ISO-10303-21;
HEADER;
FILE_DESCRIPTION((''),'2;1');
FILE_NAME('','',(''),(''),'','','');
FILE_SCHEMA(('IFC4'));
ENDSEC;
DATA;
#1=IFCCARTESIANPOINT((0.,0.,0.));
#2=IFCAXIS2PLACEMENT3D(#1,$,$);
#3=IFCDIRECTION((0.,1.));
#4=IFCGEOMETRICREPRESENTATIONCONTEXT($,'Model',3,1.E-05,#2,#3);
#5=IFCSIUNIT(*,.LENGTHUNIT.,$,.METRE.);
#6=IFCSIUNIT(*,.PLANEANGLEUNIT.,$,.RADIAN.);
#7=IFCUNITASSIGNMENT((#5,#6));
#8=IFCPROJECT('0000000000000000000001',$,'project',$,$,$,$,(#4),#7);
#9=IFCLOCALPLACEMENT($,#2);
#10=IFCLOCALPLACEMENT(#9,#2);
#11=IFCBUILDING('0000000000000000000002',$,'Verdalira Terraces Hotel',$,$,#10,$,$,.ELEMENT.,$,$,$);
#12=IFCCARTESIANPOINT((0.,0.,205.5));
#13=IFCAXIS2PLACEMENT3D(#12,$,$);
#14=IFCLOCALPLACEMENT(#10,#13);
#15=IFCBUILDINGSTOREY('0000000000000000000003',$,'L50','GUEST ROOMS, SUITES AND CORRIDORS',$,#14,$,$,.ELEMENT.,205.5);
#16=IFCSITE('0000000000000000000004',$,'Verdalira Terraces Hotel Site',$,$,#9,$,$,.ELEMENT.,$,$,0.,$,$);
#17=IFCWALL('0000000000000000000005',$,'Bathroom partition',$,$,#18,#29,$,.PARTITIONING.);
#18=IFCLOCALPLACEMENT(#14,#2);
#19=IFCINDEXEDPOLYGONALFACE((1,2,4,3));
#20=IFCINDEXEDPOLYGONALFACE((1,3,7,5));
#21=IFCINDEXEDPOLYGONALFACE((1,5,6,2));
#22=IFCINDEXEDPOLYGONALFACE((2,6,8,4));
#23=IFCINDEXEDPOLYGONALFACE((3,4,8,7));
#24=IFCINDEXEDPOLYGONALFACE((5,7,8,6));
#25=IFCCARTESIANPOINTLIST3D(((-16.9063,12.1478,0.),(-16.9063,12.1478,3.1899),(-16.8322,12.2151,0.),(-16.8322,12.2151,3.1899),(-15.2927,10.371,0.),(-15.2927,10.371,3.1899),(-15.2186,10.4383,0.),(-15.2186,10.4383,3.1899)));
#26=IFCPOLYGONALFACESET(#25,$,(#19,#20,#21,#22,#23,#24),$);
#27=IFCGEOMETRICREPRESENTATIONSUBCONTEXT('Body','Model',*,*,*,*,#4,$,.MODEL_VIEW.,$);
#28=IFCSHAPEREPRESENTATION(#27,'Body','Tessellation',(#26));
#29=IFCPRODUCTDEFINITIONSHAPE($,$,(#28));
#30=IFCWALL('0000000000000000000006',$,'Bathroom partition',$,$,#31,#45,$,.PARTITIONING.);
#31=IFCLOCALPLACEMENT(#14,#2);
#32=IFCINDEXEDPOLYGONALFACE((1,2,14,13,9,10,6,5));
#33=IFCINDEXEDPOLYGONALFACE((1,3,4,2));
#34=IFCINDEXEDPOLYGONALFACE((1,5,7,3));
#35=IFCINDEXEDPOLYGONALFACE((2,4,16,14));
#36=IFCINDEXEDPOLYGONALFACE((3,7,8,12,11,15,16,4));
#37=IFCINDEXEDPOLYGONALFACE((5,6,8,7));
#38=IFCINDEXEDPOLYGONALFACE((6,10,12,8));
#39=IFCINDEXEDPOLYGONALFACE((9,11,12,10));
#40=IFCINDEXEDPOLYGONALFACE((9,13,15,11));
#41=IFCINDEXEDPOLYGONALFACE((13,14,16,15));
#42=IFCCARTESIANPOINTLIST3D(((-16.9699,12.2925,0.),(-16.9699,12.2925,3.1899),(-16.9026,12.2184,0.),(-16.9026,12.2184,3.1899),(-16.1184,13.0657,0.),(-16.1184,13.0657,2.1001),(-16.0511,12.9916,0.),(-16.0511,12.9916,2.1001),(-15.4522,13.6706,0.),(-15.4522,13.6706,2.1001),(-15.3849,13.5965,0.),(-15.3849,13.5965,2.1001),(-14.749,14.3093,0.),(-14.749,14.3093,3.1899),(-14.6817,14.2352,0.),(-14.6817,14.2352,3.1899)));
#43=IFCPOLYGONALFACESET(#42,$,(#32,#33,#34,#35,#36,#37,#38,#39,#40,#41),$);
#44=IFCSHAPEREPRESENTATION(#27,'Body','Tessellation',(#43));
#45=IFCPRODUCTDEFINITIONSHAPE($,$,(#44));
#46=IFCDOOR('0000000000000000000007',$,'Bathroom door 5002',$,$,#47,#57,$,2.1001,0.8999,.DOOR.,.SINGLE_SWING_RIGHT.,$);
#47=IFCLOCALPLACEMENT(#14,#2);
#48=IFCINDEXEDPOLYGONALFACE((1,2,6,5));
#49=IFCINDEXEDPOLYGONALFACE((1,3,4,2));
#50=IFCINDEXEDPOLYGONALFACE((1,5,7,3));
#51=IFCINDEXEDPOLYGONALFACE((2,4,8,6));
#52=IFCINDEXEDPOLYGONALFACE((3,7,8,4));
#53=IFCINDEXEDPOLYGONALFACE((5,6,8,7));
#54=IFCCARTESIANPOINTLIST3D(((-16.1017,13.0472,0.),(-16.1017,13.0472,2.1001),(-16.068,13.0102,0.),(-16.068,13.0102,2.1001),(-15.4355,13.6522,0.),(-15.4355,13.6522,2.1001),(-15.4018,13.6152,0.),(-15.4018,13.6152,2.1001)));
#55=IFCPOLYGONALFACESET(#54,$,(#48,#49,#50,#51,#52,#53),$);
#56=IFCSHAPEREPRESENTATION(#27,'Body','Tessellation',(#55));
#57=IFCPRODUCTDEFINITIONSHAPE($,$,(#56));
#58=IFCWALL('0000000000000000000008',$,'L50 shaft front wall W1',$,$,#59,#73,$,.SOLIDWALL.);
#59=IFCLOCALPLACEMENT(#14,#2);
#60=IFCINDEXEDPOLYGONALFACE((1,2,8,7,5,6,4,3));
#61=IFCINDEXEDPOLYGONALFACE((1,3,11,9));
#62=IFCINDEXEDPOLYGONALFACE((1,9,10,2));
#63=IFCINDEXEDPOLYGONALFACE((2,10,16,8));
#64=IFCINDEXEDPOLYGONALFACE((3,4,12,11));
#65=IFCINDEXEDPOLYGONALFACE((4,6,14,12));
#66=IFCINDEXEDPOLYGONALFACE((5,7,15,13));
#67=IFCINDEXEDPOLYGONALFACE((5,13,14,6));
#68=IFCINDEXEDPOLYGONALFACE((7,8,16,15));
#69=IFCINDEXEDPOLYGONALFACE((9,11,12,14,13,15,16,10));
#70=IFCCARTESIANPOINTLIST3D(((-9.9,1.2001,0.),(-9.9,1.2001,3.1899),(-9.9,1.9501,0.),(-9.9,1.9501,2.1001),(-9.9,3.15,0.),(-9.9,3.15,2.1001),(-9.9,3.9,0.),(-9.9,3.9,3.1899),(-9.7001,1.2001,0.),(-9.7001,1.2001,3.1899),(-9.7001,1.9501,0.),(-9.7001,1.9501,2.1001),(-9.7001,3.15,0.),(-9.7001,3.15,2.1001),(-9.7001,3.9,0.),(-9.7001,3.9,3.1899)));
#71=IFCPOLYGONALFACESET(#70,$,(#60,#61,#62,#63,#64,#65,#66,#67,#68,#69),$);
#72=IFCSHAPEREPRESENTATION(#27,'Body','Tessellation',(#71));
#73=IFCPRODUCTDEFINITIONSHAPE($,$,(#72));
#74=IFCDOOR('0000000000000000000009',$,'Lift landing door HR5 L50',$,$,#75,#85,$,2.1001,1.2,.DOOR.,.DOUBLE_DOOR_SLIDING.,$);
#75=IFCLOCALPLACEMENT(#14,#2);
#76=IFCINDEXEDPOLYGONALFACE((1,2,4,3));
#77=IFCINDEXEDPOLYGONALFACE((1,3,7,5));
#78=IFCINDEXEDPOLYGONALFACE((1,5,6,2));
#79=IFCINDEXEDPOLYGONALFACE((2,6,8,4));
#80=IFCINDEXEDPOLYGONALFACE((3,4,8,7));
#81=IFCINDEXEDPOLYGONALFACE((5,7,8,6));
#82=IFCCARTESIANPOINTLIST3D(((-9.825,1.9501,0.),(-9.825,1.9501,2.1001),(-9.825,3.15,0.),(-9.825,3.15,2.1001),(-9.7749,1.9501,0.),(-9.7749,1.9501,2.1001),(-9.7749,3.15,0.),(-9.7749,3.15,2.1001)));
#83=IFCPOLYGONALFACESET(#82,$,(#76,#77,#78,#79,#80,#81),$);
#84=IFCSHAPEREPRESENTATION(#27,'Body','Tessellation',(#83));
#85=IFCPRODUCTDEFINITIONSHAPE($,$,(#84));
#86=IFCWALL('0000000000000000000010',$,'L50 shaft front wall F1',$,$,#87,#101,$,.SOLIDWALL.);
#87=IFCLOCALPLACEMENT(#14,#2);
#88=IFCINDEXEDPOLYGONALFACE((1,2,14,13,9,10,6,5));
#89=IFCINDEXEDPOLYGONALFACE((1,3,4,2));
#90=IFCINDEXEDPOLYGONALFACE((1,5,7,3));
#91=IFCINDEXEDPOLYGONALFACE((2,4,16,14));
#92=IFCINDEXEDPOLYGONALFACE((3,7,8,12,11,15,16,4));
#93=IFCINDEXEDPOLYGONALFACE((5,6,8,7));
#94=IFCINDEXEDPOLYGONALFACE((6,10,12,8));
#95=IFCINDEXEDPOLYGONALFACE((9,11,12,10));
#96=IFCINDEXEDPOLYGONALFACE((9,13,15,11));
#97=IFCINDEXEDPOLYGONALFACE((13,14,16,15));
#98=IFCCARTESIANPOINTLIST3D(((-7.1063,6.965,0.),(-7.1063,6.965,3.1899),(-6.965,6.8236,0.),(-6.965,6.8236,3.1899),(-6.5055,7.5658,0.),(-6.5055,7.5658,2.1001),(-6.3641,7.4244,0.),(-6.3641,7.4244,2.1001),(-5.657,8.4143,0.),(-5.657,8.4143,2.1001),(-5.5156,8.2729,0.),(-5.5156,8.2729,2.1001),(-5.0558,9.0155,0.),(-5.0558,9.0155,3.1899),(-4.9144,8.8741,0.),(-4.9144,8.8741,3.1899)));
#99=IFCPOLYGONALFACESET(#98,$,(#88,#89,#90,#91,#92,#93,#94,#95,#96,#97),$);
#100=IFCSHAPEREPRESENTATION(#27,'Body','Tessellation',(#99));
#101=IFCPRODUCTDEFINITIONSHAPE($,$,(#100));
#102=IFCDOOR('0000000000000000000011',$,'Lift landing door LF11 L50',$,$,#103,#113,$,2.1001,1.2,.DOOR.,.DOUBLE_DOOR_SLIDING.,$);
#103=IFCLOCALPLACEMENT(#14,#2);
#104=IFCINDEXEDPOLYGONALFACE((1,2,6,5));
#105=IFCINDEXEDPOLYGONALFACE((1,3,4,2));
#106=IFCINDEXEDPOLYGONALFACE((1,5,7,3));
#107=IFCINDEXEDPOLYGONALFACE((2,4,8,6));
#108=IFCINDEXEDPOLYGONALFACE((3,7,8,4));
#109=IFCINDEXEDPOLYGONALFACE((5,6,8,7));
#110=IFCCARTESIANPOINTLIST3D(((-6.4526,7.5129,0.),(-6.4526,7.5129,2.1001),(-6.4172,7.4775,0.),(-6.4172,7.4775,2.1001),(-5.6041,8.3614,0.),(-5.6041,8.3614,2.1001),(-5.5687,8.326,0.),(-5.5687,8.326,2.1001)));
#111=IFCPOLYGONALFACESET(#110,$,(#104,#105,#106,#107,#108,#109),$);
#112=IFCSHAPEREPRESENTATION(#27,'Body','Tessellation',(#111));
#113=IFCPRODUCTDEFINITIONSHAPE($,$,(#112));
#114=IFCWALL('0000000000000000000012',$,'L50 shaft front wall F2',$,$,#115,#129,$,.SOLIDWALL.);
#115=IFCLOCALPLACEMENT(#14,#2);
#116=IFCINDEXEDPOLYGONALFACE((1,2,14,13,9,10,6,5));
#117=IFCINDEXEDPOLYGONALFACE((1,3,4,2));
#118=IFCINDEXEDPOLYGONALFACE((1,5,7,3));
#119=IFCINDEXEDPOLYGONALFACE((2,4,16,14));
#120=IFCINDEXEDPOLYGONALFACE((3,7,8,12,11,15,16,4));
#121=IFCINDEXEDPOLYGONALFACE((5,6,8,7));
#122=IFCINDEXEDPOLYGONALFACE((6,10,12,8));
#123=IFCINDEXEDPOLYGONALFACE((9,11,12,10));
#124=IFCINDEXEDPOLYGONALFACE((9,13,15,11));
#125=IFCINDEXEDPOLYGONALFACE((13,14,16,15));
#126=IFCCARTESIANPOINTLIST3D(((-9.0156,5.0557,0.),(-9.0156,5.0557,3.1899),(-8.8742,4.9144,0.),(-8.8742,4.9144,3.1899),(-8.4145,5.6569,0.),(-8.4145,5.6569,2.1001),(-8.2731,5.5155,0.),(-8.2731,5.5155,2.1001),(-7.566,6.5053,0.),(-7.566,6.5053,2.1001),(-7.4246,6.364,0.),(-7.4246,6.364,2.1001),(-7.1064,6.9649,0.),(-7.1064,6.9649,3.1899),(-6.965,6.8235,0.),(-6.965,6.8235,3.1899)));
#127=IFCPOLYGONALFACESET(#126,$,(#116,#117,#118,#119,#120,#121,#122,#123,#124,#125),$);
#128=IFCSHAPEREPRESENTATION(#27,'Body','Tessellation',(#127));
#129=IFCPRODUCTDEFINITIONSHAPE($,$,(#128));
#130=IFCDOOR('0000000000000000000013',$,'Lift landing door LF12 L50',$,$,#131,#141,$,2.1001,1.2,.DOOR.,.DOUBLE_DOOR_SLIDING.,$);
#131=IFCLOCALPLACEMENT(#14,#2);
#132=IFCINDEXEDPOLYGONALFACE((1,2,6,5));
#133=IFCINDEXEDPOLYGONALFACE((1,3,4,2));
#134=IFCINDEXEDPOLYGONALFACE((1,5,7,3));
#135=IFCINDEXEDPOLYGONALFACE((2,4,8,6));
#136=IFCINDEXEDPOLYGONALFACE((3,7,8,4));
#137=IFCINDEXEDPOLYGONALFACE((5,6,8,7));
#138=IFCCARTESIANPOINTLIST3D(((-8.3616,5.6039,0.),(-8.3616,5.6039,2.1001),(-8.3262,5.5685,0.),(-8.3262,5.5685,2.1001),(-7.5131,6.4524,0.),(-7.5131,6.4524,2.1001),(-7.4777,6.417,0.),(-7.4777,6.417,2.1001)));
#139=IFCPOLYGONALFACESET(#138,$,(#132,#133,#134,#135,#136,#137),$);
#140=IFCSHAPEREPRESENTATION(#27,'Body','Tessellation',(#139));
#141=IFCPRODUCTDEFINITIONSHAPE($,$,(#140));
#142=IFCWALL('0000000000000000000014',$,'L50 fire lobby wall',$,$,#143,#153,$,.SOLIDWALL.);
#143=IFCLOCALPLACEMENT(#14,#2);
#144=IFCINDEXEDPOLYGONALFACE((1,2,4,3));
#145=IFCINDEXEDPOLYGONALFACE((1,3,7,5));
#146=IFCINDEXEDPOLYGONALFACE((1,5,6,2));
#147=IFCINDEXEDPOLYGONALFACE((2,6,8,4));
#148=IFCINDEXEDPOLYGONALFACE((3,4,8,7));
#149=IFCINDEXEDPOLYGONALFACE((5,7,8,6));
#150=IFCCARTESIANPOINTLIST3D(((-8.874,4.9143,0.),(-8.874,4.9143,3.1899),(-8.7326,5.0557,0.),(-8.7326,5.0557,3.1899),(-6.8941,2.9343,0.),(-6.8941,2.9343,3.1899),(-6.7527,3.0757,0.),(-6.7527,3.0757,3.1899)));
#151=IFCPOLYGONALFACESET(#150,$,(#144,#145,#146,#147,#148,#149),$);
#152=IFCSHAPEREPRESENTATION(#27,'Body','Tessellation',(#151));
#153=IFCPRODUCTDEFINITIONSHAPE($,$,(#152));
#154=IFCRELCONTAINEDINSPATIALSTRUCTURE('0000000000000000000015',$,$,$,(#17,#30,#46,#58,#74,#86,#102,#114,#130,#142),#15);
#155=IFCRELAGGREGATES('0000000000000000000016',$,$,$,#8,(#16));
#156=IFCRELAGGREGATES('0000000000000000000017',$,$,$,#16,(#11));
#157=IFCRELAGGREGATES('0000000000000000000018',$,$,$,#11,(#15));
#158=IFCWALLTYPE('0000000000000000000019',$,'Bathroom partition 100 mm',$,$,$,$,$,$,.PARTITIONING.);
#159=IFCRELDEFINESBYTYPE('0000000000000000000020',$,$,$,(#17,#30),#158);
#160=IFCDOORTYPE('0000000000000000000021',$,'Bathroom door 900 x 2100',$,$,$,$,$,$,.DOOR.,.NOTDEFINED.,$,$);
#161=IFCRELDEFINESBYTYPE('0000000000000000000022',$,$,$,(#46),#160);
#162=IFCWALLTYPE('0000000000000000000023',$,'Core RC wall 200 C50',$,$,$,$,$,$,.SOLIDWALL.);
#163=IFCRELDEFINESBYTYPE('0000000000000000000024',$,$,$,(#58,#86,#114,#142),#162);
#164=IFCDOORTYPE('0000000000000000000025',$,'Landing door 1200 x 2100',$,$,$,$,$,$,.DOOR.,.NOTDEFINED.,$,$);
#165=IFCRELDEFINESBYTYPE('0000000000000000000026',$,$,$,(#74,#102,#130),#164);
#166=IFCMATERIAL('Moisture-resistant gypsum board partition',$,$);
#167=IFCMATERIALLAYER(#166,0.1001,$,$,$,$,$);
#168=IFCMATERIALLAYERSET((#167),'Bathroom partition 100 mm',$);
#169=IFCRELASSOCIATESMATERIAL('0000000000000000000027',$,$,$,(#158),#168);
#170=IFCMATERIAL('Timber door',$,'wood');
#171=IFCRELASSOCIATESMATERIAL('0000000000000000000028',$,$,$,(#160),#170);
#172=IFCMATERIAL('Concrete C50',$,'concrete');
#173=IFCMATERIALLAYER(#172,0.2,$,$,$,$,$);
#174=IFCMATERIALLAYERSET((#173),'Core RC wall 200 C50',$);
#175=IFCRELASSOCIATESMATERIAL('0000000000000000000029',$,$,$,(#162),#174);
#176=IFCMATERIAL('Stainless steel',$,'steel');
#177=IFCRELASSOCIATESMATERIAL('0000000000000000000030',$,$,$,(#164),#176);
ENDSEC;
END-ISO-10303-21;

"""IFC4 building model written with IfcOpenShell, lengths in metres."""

from ifc_helpers import new_model, si_unit, direction, frame, frame_2d, origin, place, context, subcontext, project, spatial, rectangle, extrude, material, layer, layer_set, type_object, element, fill, save


model = new_model("IFC4")

# Units and contexts
model_context = context("Model", 3, precision=1e-05, world=origin(), true_north=direction((0.0, 1.0)))
body_context = subcontext(model_context, "Body", "Model", "MODEL_VIEW")
ifc_project = project(units=[si_unit("LENGTHUNIT", "METRE"), si_unit("PLANEANGLEUNIT", "RADIAN")], contexts=[model_context])

# Site, building, storey
site_placement = place(None, origin())
site = spatial("IfcSite", under=ifc_project, at=site_placement, Name="Verdalira Terraces Hotel Site", CompositionType="ELEMENT", RefElevation=0.0)
building_placement = place(site_placement, origin())
building = spatial("IfcBuilding", under=site, at=building_placement, Name="Verdalira Terraces Hotel", CompositionType="ELEMENT")
storey_placement = place(building_placement, frame((0.0, 0.0, 205.5)))
storey = spatial("IfcBuildingStorey", under=building, at=storey_placement, Name="L50", Description="GUEST ROOMS, SUITES AND CORRIDORS", CompositionType="ELEMENT", Elevation=205.5)

# Wall
ifc_material_1 = material(Name="Moisture-resistant gypsum board partition")
ifc_layer_1 = layer(ifc_material_1, 0.1001)
ifc_layer_set_1 = layer_set([ifc_layer_1], Name="Bathroom partition 100 mm")
wall_type_1 = type_object("IfcWallType", Name="Bathroom partition 100 mm", PredefinedType="PARTITIONING", material=ifc_layer_set_1)
wall_1_placement = place(storey_placement, frame((-15.2556, 10.4045, 0.0), z_axis=(0.0, 0.0, 1.0), x_axis=(-0.672263, 0.740313, 0.0)))
element("IfcWall", 1, at=wall_1_placement, inside=storey, type_object=wall_type_1, Name="Bathroom partition", PredefinedType="PARTITIONING", context=body_context, shape_type="SweptSolid", body=[
    extrude(rectangle(XDim=2.4001, YDim=0.1001, at=frame_2d((1.2002, 0.0))), origin(), (0.0, 0.0, 1.0), 3.1899),
])

# Walls, openings, doors
wall_2_placement = place(storey_placement, frame((-14.7153, 14.2722, 0.0), z_axis=(0.0, 0.0, 1.0), x_axis=(-0.740305, -0.672272, 0.0)))
wall_2 = element("IfcWall", 2, at=wall_2_placement, inside=storey, type_object=wall_type_1, Name="Bathroom partition", PredefinedType="PARTITIONING", context=body_context, shape_type="SweptSolid", body=[
    extrude(rectangle(XDim=3.0, YDim=0.1001, at=frame_2d((1.5, 0.0))), origin(), (0.0, 0.0, 1.0), 3.1899),
])
opening_1_placement = place(wall_2_placement, frame((0.95, 0.0, 0.0)))
opening_1 = element("IfcOpeningElement", 3, at=opening_1_placement, cuts=wall_2, PredefinedType="OPENING", context=body_context, shape_type="SweptSolid", body=[
    extrude(rectangle(XDim=0.8999, YDim=2.1001, at=frame_2d((0.45, 1.05))), frame((0.0, 0.0601, 0.0), z_axis=(0.0, -1.0, 0.0), x_axis=(1.0, 0.0, 0.0)), (0.0, 0.0, 1.0), 0.1201),
])
ifc_material_2 = material(Name="Timber door", Category="wood")
door_type_1 = type_object("IfcDoorType", Name="Bathroom door 900 x 2100", OperationType="NOTDEFINED", PredefinedType="DOOR", material=ifc_material_2)
door_1_placement = place(opening_1_placement, origin())
door_1 = element("IfcDoor", 4, at=door_1_placement, inside=storey, type_object=door_type_1, Name="Bathroom door 5002", OperationType="SINGLE_SWING_RIGHT", OverallHeight=2.1001, OverallWidth=0.8999, PredefinedType="DOOR", context=body_context, shape_type="SweptSolid", body=[
    extrude(rectangle(XDim=0.8999, YDim=2.1001, at=frame_2d((0.45, 1.05))), frame((0.0, 0.0249, 0.0), z_axis=(0.0, -1.0, 0.0), x_axis=(1.0, 0.0, 0.0)), (0.0, 0.0, 1.0), 0.05),
])
fill(opening_1, door_1)
ifc_material_3 = material(Name="Concrete C50", Category="concrete")
ifc_layer_2 = layer(ifc_material_3, 0.2)
ifc_layer_set_2 = layer_set([ifc_layer_2], Name="Core RC wall 200 C50")
wall_type_2 = type_object("IfcWallType", Name="Core RC wall 200 C50", PredefinedType="SOLIDWALL", material=ifc_layer_set_2)
wall_3_placement = place(storey_placement, frame((-9.8, 1.2, 0.0), z_axis=(0.0, 0.0, 1.0), x_axis=(0.0, 1.0, 0.0)))
wall_3 = element("IfcWall", 5, at=wall_3_placement, inside=storey, type_object=wall_type_2, Name="L50 shaft front wall W1", PredefinedType="SOLIDWALL", context=body_context, shape_type="SweptSolid", body=[
    extrude(rectangle(XDim=2.7, YDim=0.2, at=frame_2d((1.3501, 0.0))), origin(), (0.0, 0.0, 1.0), 3.1899),
])
opening_2_placement = place(wall_3_placement, frame((0.75, 0.0, 0.0)))
opening_2 = element("IfcOpeningElement", 6, at=opening_2_placement, cuts=wall_3, PredefinedType="OPENING", context=body_context, shape_type="SweptSolid", body=[
    extrude(rectangle(XDim=1.2, YDim=2.1001, at=frame_2d((0.6001, 1.05))), frame((0.0, 0.1099, 0.0), z_axis=(0.0, -1.0, 0.0), x_axis=(1.0, 0.0, 0.0)), (0.0, 0.0, 1.0), 0.22),
])
ifc_material_4 = material(Name="Stainless steel", Category="steel")
door_type_2 = type_object("IfcDoorType", Name="Landing door 1200 x 2100", OperationType="NOTDEFINED", PredefinedType="DOOR", material=ifc_material_4)
door_2_placement = place(opening_2_placement, origin())
door_2 = element("IfcDoor", 7, at=door_2_placement, inside=storey, type_object=door_type_2, Name="Lift landing door HR5 L50", OperationType="DOUBLE_DOOR_SLIDING", OverallHeight=2.1001, OverallWidth=1.2, PredefinedType="DOOR", context=body_context, shape_type="SweptSolid", body=[
    extrude(rectangle(XDim=1.2, YDim=2.1001, at=frame_2d((0.6001, 1.05))), frame((0.0, 0.0249, 0.0), z_axis=(0.0, -1.0, 0.0), x_axis=(1.0, 0.0, 0.0)), (0.0, 0.0, 1.0), 0.05),
])
fill(opening_2, door_2)
wall_4_placement = place(storey_placement, frame((-4.9851, 8.9448, 0.0), z_axis=(0.0, 0.0, 1.0), x_axis=(-0.707107, -0.707107, 0.0)))
wall_4 = element("IfcWall", 8, at=wall_4_placement, inside=storey, type_object=wall_type_2, Name="L50 shaft front wall F1", PredefinedType="SOLIDWALL", context=body_context, shape_type="SweptSolid", body=[
    extrude(rectangle(XDim=2.8999, YDim=0.2, at=frame_2d((1.45, 0.0))), origin(), (0.0, 0.0, 1.0), 3.1899),
])
opening_3_placement = place(wall_4_placement, frame((0.8501, 0.0, 0.0)))
opening_3 = element("IfcOpeningElement", 9, at=opening_3_placement, cuts=wall_4, PredefinedType="OPENING", context=body_context, shape_type="SweptSolid", body=[
    extrude(rectangle(XDim=1.2, YDim=2.1001, at=frame_2d((0.6001, 1.05))), frame((0.0, 0.1099, 0.0), z_axis=(0.0, -1.0, 0.0), x_axis=(1.0, 0.0, 0.0)), (0.0, 0.0, 1.0), 0.22),
])
door_3_placement = place(opening_3_placement, origin())
door_3 = element("IfcDoor", 10, at=door_3_placement, inside=storey, type_object=door_type_2, Name="Lift landing door LF11 L50", OperationType="DOUBLE_DOOR_SLIDING", OverallHeight=2.1001, OverallWidth=1.2, PredefinedType="DOOR", context=body_context, shape_type="SweptSolid", body=[
    extrude(rectangle(XDim=1.2, YDim=2.1001, at=frame_2d((0.6001, 1.05))), frame((0.0, 0.0249, 0.0), z_axis=(0.0, -1.0, 0.0), x_axis=(1.0, 0.0, 0.0)), (0.0, 0.0, 1.0), 0.05),
])
fill(opening_3, door_3)
wall_5_placement = place(storey_placement, frame((-7.0356, 6.8943, 0.0), z_axis=(0.0, 0.0, 1.0), x_axis=(-0.707107, -0.707107, 0.0)))
wall_5 = element("IfcWall", 11, at=wall_5_placement, inside=storey, type_object=wall_type_2, Name="L50 shaft front wall F2", PredefinedType="SOLIDWALL", context=body_context, shape_type="SweptSolid", body=[
    extrude(rectangle(XDim=2.7, YDim=0.2, at=frame_2d((1.3501, 0.0))), origin(), (0.0, 0.0, 1.0), 3.1899),
])
opening_4_placement = place(wall_5_placement, frame((0.6499, 0.0, 0.0)))
opening_4 = element("IfcOpeningElement", 12, at=opening_4_placement, cuts=wall_5, PredefinedType="OPENING", context=body_context, shape_type="SweptSolid", body=[
    extrude(rectangle(XDim=1.2, YDim=2.1001, at=frame_2d((0.6001, 1.05))), frame((0.0, 0.1099, 0.0), z_axis=(0.0, -1.0, 0.0), x_axis=(1.0, 0.0, 0.0)), (0.0, 0.0, 1.0), 0.22),
])
door_4_placement = place(opening_4_placement, origin())
door_4 = element("IfcDoor", 13, at=door_4_placement, inside=storey, type_object=door_type_2, Name="Lift landing door LF12 L50", OperationType="DOUBLE_DOOR_SLIDING", OverallHeight=2.1001, OverallWidth=1.2, PredefinedType="DOOR", context=body_context, shape_type="SweptSolid", body=[
    extrude(rectangle(XDim=1.2, YDim=2.1001, at=frame_2d((0.6001, 1.05))), frame((0.0, 0.0249, 0.0), z_axis=(0.0, -1.0, 0.0), x_axis=(1.0, 0.0, 0.0)), (0.0, 0.0, 1.0), 0.05),
])
fill(opening_4, door_4)

# Wall
wall_6_placement = place(storey_placement, frame((-6.8235, 3.0051, 0.0), z_axis=(0.0, 0.0, 1.0), x_axis=(-0.707107, 0.707107, 0.0)))
element("IfcWall", 14, at=wall_6_placement, inside=storey, type_object=wall_type_2, Name="L50 fire lobby wall", PredefinedType="SOLIDWALL", context=body_context, shape_type="SweptSolid", body=[
    extrude(rectangle(XDim=2.8, YDim=0.2, at=frame_2d((1.3999, 0.0))), origin(), (0.0, 0.0, 1.0), 3.1899),
])

save(model, "model.ifc")
